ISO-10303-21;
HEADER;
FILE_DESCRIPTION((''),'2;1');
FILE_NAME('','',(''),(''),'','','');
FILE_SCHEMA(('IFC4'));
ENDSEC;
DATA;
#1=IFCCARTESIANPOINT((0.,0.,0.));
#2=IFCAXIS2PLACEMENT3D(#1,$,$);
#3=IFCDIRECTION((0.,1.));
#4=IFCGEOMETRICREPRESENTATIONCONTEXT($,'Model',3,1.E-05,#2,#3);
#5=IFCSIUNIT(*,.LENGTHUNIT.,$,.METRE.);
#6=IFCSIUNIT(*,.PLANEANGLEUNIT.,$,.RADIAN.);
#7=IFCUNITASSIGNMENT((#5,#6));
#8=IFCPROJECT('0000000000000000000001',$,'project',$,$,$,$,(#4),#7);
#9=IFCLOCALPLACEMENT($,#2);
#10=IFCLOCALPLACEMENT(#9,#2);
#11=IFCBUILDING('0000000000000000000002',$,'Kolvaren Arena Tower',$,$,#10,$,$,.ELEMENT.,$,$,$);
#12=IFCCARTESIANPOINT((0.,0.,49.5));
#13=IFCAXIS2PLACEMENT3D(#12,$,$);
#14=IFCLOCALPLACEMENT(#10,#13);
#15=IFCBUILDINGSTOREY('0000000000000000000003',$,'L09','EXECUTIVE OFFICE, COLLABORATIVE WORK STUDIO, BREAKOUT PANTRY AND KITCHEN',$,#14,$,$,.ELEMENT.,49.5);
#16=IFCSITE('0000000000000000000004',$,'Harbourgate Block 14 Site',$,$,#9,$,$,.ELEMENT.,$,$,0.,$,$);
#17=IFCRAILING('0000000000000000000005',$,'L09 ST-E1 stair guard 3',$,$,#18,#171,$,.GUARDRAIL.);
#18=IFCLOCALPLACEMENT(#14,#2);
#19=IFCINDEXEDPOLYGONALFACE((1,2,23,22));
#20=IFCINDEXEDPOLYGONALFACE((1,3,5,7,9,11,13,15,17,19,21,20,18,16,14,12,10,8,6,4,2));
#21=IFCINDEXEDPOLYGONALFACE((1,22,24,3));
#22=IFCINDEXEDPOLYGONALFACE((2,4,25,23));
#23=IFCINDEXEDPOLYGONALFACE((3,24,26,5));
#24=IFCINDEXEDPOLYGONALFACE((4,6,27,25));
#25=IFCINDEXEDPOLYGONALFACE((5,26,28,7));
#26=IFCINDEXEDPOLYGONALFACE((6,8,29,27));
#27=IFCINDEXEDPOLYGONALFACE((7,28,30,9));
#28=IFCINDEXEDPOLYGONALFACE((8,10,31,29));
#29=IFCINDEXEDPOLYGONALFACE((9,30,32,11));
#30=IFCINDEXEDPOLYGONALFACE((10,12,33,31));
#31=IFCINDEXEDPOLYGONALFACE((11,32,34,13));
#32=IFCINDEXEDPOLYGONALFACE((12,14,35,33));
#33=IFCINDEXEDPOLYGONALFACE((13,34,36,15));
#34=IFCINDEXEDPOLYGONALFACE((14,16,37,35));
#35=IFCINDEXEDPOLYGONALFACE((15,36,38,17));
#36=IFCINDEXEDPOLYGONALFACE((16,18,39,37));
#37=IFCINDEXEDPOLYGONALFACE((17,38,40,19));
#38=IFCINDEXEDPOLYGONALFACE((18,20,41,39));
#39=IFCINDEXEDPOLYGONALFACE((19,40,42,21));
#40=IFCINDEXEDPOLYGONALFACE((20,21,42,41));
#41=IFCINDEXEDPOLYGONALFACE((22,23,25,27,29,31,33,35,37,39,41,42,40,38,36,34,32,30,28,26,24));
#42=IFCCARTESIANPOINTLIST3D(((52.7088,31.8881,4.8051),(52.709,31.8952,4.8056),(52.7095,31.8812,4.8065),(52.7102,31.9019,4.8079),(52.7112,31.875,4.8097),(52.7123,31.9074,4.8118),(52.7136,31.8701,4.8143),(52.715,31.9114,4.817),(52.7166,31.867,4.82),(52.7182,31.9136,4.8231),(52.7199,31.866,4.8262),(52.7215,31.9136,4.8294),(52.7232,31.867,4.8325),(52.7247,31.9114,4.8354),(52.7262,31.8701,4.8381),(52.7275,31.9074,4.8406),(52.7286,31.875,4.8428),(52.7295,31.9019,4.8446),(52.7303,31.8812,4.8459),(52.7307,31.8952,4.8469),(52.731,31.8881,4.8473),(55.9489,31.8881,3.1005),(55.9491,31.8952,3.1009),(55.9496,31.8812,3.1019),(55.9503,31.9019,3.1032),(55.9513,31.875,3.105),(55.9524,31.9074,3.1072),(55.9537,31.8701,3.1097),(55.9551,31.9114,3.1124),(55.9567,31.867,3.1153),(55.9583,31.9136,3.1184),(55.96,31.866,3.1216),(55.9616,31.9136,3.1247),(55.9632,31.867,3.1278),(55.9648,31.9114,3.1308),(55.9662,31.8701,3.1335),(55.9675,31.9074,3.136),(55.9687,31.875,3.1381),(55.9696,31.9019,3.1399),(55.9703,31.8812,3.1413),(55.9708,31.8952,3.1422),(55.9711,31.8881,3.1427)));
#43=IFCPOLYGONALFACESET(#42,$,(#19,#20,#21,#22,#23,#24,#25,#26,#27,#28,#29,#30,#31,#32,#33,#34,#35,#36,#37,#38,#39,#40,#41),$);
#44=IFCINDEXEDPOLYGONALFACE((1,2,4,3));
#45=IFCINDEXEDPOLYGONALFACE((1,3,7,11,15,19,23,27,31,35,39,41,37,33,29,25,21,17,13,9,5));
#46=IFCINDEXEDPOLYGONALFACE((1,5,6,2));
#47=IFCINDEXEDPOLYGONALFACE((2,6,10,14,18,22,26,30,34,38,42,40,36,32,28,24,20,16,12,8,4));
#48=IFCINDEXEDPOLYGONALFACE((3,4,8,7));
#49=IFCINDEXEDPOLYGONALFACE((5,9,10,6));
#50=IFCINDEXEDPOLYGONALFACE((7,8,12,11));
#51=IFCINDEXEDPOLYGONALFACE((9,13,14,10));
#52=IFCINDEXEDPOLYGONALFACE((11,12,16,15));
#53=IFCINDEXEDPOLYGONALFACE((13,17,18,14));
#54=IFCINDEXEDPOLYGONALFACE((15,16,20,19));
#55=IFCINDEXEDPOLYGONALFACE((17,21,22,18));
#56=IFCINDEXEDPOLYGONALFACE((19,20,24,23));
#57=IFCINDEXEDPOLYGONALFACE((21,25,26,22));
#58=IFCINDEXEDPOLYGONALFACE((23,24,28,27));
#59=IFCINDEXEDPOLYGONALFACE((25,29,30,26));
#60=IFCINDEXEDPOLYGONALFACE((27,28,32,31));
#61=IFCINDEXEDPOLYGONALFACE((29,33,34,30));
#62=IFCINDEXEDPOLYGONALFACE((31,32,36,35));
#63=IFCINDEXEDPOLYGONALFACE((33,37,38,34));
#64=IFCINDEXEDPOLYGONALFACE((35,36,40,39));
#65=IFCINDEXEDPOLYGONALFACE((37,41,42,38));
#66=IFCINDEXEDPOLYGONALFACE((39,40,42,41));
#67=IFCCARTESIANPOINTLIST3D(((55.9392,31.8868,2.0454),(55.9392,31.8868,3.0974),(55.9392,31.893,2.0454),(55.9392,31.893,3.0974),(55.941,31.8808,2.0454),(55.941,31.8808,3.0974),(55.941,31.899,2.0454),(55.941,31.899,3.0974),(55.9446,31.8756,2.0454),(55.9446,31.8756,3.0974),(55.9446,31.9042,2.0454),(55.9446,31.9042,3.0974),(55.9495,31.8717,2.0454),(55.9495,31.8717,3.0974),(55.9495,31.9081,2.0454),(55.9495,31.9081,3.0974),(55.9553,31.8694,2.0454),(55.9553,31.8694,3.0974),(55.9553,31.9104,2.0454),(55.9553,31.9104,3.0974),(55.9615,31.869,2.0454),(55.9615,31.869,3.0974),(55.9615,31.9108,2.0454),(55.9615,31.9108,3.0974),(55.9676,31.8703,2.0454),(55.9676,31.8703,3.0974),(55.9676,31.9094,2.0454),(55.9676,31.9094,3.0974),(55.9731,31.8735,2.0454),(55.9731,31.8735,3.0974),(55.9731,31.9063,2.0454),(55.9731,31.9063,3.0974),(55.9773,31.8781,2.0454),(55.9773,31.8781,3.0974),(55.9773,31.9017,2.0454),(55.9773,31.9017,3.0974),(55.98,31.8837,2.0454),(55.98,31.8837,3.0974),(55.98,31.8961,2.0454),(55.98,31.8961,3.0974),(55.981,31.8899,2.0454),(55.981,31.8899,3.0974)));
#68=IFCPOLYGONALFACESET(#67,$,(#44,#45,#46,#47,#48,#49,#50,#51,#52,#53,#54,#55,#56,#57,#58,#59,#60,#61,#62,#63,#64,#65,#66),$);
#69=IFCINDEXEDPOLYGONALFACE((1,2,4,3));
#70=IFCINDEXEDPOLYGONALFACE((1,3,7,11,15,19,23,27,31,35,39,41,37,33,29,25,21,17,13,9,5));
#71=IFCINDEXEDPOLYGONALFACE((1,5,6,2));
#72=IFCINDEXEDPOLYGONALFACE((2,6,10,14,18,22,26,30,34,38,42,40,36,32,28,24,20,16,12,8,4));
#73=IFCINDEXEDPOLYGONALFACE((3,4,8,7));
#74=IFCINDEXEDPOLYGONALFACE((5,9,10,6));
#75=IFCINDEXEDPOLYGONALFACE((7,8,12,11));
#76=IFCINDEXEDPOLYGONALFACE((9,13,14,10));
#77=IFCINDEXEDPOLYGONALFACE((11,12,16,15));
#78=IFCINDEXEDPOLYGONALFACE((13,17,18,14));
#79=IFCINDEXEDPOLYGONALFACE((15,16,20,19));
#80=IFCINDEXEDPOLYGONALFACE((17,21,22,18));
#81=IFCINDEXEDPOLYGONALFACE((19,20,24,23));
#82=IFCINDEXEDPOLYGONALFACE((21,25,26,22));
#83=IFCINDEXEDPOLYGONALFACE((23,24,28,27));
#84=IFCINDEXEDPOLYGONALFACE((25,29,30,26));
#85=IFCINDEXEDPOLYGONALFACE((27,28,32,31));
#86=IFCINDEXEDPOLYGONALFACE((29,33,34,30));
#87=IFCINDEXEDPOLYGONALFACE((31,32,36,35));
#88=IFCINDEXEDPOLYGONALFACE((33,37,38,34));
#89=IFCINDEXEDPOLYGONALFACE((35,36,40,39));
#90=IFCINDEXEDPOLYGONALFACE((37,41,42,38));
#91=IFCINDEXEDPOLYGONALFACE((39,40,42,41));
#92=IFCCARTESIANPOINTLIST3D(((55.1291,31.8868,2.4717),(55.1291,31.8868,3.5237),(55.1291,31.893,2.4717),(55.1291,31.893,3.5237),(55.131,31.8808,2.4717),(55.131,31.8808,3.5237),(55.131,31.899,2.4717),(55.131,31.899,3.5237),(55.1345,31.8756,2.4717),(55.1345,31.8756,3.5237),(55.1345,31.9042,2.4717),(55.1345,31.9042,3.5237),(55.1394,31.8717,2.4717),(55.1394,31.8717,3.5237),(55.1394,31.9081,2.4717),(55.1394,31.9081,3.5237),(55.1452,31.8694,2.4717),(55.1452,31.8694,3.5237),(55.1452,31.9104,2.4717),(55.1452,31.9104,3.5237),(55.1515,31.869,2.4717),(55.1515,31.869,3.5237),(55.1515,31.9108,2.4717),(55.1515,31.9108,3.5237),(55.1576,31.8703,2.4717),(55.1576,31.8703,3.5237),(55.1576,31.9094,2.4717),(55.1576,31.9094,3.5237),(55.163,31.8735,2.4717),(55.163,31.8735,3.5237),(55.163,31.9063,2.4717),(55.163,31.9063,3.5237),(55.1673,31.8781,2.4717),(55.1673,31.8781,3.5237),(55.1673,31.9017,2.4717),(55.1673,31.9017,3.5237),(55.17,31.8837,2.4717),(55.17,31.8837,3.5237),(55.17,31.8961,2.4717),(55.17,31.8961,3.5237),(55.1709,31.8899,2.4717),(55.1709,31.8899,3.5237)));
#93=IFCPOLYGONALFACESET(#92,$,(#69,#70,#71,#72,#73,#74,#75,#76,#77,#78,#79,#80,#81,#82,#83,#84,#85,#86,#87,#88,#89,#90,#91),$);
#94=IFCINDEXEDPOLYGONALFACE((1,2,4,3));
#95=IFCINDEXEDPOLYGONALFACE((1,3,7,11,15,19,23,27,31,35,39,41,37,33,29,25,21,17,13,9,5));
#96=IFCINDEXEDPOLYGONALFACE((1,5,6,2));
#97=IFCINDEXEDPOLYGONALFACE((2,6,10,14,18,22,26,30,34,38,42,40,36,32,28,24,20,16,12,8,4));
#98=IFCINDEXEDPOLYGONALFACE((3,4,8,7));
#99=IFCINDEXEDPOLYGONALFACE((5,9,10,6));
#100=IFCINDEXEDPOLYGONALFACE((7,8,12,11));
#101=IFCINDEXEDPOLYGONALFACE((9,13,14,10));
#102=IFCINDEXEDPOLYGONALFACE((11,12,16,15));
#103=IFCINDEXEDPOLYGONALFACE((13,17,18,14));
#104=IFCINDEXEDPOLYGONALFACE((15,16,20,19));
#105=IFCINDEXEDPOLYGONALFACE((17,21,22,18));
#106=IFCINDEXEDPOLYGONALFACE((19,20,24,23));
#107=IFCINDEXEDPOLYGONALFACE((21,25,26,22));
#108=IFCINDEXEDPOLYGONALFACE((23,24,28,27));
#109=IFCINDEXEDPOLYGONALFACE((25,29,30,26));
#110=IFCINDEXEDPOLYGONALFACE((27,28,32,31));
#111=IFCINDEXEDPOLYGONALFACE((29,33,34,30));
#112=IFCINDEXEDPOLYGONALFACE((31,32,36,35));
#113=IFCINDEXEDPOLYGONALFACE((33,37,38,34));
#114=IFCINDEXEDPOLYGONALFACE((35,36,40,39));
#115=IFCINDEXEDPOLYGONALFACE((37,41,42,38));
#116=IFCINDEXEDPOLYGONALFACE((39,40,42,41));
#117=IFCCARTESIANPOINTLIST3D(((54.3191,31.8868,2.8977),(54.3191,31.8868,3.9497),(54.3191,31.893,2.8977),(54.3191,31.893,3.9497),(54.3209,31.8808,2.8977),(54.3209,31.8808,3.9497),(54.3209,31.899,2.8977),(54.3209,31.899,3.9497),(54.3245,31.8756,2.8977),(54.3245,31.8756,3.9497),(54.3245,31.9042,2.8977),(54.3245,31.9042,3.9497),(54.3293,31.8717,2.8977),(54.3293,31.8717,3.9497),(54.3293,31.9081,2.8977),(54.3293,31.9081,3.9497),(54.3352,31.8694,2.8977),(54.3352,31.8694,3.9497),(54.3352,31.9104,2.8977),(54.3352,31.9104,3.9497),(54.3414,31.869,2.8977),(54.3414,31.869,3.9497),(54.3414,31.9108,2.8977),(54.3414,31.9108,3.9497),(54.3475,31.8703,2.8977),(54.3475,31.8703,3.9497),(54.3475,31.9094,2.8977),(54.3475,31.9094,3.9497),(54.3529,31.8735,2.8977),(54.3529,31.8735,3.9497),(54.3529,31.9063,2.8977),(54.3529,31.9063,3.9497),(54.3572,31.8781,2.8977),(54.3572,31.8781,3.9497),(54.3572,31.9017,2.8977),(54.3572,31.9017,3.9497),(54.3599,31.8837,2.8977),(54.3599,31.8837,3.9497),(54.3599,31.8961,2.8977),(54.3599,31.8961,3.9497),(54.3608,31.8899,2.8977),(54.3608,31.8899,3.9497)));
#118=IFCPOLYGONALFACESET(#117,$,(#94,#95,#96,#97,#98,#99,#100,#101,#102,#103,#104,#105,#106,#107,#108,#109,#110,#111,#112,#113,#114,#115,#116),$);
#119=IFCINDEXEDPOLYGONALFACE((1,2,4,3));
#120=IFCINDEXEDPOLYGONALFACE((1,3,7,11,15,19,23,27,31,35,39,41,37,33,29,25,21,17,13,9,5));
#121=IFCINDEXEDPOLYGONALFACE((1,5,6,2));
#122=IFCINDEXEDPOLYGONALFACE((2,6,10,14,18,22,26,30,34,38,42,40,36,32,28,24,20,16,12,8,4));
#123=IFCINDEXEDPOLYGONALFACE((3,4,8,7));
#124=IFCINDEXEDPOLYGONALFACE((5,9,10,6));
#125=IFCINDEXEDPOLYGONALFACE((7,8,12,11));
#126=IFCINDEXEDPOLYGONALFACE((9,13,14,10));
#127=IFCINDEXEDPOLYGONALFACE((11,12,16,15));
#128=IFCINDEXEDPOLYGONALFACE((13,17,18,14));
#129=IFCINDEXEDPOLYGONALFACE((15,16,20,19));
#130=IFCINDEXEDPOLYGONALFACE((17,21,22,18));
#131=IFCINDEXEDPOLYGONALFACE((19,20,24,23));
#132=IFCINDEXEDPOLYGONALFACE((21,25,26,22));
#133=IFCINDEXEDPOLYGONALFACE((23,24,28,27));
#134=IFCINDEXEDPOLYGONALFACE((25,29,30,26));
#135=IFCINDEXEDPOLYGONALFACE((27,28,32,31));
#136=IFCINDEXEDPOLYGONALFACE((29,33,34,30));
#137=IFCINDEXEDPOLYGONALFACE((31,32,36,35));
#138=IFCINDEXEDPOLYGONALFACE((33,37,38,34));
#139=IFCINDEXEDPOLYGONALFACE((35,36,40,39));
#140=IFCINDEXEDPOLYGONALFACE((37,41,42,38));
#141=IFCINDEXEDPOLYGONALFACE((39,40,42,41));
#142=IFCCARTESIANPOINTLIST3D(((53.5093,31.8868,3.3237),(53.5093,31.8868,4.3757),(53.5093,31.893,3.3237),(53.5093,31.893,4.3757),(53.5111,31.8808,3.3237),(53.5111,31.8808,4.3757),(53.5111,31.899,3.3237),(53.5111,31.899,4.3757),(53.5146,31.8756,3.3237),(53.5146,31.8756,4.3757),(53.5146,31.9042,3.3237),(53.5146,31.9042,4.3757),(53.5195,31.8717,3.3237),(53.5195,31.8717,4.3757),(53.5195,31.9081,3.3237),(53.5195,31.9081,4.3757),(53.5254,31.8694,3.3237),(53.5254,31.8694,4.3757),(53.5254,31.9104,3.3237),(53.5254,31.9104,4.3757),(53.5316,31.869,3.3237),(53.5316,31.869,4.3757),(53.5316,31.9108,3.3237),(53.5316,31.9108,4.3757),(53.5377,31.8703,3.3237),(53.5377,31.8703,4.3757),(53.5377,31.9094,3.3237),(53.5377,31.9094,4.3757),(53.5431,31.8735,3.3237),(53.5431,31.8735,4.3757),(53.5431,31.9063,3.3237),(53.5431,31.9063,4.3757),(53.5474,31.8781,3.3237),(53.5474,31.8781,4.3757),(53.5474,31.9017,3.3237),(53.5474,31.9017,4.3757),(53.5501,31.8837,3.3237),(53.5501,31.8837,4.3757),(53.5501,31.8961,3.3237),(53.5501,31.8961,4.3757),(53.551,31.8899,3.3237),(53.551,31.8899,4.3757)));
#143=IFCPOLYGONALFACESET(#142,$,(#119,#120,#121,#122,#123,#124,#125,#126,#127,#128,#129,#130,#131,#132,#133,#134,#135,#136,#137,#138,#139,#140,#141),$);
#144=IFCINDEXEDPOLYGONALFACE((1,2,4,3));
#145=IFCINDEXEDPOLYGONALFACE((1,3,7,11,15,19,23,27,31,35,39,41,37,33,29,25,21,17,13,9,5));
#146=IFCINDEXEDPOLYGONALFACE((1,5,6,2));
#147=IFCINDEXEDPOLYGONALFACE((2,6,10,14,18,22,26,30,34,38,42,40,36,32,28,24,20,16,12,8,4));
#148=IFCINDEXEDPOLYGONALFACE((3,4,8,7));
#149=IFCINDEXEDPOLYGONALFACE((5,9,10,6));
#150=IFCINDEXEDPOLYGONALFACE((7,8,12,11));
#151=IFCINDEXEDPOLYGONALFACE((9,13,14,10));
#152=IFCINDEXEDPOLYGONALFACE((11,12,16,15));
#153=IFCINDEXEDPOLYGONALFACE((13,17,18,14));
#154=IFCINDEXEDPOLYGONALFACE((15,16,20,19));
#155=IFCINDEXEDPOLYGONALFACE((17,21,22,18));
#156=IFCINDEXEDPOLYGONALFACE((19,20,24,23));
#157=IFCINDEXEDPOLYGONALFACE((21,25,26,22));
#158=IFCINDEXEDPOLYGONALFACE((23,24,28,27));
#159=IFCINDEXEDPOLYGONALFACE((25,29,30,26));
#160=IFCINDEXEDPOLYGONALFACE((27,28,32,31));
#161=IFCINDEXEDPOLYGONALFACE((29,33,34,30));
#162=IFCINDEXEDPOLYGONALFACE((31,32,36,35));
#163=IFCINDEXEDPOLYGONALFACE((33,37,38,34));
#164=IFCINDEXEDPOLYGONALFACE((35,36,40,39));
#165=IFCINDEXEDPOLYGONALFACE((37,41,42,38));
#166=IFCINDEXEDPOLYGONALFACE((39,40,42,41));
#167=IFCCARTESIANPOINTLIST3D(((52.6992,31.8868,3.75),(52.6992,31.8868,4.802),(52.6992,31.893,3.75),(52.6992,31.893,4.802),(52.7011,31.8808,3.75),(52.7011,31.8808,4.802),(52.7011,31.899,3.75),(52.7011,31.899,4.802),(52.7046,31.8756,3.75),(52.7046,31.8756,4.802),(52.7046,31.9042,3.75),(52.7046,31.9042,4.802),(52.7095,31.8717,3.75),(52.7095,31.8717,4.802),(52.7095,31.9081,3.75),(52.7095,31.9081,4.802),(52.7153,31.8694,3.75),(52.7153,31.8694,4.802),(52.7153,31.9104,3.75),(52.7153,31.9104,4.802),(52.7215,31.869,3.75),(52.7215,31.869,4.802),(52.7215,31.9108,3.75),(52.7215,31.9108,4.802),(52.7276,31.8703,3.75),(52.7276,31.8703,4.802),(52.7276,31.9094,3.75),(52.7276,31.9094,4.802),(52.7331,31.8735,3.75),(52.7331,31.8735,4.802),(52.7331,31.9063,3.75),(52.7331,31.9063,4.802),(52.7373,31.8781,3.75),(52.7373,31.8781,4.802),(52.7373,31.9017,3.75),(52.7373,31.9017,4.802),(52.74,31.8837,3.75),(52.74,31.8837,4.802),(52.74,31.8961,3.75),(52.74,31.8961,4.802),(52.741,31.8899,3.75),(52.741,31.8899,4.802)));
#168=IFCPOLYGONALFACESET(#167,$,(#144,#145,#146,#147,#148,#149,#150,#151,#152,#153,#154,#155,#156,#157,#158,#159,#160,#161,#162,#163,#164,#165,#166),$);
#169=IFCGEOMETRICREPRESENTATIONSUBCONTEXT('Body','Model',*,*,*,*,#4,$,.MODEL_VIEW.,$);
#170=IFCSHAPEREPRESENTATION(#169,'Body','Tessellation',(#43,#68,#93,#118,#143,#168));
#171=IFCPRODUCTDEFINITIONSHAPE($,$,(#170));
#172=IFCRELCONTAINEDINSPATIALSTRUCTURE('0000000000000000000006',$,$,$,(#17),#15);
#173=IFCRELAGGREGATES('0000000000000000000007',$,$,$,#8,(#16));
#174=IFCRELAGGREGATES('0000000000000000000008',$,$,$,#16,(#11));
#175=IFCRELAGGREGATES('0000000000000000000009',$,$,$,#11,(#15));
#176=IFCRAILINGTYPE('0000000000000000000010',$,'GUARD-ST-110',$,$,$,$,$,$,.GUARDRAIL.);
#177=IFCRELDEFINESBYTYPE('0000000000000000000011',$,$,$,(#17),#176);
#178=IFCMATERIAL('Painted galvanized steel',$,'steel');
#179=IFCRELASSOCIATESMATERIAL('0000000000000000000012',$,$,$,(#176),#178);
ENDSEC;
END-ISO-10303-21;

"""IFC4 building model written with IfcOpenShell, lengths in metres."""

from ifc_helpers import new_model, si_unit, direction, frame, origin, origin_2d, place, context, subcontext, project, spatial, circle, extrude, material, type_object, element, save


model = new_model("IFC4")

# Units and contexts
model_context = context("Model", 3, precision=1e-05, world=origin(), true_north=direction((0.0, 1.0)))
body_context = subcontext(model_context, "Body", "Model", "MODEL_VIEW")
ifc_project = project(units=[si_unit("LENGTHUNIT", "METRE"), si_unit("PLANEANGLEUNIT", "RADIAN")], contexts=[model_context])

# Site, building, storey
site_placement = place(None, origin())
site = spatial("IfcSite", under=ifc_project, at=site_placement, Name="Harbourgate Block 14 Site", CompositionType="ELEMENT", RefElevation=0.0)
building_placement = place(site_placement, origin())
building = spatial("IfcBuilding", under=site, at=building_placement, Name="Kolvaren Arena Tower", CompositionType="ELEMENT")
storey_placement = place(building_placement, frame((0.0, 0.0, 49.5)))
storey = spatial("IfcBuildingStorey", under=building, at=storey_placement, Name="L09", Description="EXECUTIVE OFFICE, COLLABORATIVE WORK STUDIO, BREAKOUT PANTRY AND KITCHEN", CompositionType="ELEMENT", Elevation=49.5)

# Railing
ifc_material_1 = material(Name="Painted galvanized steel", Category="steel")
railing_type_1 = type_object("IfcRailingType", Name="GUARD-ST-110", PredefinedType="GUARDRAIL", material=ifc_material_1)
railing_1_placement = place(storey_placement, frame((55.96, 31.8899, 2.0454)))
element("IfcRailing", 1, at=railing_1_placement, inside=storey, type_object=railing_type_1, Name="L09 ST-E1 stair guard 3", PredefinedType="GUARDRAIL", context=body_context, shape_type="SweptSolid", body=[
    extrude(circle(Radius=0.0239, at=origin_2d()), frame((0.0, 0.0, 1.0762), z_axis=(-0.884993, 0.0, 0.465604), x_axis=(0.0, -1.0, 0.0)), (0.0, 0.0, 1.0), 3.6611),
    extrude(circle(Radius=0.021, at=origin_2d()), origin(), (0.0, 0.0, 1.0), 1.052),
    extrude(circle(Radius=0.021, at=origin_2d()), frame((-0.8101, 0.0, 0.4263)), (0.0, 0.0, 1.0), 1.052),
    extrude(circle(Radius=0.021, at=origin_2d()), frame((-1.6201, 0.0, 0.8523)), (0.0, 0.0, 1.0), 1.052),
    extrude(circle(Radius=0.021, at=origin_2d()), frame((-2.4299, 0.0, 1.2783)), (0.0, 0.0, 1.0), 1.052),
    extrude(circle(Radius=0.021, at=origin_2d()), frame((-3.24, 0.0, 1.7046)), (0.0, 0.0, 1.0), 1.052),
])

save(model, "model.ifc")
